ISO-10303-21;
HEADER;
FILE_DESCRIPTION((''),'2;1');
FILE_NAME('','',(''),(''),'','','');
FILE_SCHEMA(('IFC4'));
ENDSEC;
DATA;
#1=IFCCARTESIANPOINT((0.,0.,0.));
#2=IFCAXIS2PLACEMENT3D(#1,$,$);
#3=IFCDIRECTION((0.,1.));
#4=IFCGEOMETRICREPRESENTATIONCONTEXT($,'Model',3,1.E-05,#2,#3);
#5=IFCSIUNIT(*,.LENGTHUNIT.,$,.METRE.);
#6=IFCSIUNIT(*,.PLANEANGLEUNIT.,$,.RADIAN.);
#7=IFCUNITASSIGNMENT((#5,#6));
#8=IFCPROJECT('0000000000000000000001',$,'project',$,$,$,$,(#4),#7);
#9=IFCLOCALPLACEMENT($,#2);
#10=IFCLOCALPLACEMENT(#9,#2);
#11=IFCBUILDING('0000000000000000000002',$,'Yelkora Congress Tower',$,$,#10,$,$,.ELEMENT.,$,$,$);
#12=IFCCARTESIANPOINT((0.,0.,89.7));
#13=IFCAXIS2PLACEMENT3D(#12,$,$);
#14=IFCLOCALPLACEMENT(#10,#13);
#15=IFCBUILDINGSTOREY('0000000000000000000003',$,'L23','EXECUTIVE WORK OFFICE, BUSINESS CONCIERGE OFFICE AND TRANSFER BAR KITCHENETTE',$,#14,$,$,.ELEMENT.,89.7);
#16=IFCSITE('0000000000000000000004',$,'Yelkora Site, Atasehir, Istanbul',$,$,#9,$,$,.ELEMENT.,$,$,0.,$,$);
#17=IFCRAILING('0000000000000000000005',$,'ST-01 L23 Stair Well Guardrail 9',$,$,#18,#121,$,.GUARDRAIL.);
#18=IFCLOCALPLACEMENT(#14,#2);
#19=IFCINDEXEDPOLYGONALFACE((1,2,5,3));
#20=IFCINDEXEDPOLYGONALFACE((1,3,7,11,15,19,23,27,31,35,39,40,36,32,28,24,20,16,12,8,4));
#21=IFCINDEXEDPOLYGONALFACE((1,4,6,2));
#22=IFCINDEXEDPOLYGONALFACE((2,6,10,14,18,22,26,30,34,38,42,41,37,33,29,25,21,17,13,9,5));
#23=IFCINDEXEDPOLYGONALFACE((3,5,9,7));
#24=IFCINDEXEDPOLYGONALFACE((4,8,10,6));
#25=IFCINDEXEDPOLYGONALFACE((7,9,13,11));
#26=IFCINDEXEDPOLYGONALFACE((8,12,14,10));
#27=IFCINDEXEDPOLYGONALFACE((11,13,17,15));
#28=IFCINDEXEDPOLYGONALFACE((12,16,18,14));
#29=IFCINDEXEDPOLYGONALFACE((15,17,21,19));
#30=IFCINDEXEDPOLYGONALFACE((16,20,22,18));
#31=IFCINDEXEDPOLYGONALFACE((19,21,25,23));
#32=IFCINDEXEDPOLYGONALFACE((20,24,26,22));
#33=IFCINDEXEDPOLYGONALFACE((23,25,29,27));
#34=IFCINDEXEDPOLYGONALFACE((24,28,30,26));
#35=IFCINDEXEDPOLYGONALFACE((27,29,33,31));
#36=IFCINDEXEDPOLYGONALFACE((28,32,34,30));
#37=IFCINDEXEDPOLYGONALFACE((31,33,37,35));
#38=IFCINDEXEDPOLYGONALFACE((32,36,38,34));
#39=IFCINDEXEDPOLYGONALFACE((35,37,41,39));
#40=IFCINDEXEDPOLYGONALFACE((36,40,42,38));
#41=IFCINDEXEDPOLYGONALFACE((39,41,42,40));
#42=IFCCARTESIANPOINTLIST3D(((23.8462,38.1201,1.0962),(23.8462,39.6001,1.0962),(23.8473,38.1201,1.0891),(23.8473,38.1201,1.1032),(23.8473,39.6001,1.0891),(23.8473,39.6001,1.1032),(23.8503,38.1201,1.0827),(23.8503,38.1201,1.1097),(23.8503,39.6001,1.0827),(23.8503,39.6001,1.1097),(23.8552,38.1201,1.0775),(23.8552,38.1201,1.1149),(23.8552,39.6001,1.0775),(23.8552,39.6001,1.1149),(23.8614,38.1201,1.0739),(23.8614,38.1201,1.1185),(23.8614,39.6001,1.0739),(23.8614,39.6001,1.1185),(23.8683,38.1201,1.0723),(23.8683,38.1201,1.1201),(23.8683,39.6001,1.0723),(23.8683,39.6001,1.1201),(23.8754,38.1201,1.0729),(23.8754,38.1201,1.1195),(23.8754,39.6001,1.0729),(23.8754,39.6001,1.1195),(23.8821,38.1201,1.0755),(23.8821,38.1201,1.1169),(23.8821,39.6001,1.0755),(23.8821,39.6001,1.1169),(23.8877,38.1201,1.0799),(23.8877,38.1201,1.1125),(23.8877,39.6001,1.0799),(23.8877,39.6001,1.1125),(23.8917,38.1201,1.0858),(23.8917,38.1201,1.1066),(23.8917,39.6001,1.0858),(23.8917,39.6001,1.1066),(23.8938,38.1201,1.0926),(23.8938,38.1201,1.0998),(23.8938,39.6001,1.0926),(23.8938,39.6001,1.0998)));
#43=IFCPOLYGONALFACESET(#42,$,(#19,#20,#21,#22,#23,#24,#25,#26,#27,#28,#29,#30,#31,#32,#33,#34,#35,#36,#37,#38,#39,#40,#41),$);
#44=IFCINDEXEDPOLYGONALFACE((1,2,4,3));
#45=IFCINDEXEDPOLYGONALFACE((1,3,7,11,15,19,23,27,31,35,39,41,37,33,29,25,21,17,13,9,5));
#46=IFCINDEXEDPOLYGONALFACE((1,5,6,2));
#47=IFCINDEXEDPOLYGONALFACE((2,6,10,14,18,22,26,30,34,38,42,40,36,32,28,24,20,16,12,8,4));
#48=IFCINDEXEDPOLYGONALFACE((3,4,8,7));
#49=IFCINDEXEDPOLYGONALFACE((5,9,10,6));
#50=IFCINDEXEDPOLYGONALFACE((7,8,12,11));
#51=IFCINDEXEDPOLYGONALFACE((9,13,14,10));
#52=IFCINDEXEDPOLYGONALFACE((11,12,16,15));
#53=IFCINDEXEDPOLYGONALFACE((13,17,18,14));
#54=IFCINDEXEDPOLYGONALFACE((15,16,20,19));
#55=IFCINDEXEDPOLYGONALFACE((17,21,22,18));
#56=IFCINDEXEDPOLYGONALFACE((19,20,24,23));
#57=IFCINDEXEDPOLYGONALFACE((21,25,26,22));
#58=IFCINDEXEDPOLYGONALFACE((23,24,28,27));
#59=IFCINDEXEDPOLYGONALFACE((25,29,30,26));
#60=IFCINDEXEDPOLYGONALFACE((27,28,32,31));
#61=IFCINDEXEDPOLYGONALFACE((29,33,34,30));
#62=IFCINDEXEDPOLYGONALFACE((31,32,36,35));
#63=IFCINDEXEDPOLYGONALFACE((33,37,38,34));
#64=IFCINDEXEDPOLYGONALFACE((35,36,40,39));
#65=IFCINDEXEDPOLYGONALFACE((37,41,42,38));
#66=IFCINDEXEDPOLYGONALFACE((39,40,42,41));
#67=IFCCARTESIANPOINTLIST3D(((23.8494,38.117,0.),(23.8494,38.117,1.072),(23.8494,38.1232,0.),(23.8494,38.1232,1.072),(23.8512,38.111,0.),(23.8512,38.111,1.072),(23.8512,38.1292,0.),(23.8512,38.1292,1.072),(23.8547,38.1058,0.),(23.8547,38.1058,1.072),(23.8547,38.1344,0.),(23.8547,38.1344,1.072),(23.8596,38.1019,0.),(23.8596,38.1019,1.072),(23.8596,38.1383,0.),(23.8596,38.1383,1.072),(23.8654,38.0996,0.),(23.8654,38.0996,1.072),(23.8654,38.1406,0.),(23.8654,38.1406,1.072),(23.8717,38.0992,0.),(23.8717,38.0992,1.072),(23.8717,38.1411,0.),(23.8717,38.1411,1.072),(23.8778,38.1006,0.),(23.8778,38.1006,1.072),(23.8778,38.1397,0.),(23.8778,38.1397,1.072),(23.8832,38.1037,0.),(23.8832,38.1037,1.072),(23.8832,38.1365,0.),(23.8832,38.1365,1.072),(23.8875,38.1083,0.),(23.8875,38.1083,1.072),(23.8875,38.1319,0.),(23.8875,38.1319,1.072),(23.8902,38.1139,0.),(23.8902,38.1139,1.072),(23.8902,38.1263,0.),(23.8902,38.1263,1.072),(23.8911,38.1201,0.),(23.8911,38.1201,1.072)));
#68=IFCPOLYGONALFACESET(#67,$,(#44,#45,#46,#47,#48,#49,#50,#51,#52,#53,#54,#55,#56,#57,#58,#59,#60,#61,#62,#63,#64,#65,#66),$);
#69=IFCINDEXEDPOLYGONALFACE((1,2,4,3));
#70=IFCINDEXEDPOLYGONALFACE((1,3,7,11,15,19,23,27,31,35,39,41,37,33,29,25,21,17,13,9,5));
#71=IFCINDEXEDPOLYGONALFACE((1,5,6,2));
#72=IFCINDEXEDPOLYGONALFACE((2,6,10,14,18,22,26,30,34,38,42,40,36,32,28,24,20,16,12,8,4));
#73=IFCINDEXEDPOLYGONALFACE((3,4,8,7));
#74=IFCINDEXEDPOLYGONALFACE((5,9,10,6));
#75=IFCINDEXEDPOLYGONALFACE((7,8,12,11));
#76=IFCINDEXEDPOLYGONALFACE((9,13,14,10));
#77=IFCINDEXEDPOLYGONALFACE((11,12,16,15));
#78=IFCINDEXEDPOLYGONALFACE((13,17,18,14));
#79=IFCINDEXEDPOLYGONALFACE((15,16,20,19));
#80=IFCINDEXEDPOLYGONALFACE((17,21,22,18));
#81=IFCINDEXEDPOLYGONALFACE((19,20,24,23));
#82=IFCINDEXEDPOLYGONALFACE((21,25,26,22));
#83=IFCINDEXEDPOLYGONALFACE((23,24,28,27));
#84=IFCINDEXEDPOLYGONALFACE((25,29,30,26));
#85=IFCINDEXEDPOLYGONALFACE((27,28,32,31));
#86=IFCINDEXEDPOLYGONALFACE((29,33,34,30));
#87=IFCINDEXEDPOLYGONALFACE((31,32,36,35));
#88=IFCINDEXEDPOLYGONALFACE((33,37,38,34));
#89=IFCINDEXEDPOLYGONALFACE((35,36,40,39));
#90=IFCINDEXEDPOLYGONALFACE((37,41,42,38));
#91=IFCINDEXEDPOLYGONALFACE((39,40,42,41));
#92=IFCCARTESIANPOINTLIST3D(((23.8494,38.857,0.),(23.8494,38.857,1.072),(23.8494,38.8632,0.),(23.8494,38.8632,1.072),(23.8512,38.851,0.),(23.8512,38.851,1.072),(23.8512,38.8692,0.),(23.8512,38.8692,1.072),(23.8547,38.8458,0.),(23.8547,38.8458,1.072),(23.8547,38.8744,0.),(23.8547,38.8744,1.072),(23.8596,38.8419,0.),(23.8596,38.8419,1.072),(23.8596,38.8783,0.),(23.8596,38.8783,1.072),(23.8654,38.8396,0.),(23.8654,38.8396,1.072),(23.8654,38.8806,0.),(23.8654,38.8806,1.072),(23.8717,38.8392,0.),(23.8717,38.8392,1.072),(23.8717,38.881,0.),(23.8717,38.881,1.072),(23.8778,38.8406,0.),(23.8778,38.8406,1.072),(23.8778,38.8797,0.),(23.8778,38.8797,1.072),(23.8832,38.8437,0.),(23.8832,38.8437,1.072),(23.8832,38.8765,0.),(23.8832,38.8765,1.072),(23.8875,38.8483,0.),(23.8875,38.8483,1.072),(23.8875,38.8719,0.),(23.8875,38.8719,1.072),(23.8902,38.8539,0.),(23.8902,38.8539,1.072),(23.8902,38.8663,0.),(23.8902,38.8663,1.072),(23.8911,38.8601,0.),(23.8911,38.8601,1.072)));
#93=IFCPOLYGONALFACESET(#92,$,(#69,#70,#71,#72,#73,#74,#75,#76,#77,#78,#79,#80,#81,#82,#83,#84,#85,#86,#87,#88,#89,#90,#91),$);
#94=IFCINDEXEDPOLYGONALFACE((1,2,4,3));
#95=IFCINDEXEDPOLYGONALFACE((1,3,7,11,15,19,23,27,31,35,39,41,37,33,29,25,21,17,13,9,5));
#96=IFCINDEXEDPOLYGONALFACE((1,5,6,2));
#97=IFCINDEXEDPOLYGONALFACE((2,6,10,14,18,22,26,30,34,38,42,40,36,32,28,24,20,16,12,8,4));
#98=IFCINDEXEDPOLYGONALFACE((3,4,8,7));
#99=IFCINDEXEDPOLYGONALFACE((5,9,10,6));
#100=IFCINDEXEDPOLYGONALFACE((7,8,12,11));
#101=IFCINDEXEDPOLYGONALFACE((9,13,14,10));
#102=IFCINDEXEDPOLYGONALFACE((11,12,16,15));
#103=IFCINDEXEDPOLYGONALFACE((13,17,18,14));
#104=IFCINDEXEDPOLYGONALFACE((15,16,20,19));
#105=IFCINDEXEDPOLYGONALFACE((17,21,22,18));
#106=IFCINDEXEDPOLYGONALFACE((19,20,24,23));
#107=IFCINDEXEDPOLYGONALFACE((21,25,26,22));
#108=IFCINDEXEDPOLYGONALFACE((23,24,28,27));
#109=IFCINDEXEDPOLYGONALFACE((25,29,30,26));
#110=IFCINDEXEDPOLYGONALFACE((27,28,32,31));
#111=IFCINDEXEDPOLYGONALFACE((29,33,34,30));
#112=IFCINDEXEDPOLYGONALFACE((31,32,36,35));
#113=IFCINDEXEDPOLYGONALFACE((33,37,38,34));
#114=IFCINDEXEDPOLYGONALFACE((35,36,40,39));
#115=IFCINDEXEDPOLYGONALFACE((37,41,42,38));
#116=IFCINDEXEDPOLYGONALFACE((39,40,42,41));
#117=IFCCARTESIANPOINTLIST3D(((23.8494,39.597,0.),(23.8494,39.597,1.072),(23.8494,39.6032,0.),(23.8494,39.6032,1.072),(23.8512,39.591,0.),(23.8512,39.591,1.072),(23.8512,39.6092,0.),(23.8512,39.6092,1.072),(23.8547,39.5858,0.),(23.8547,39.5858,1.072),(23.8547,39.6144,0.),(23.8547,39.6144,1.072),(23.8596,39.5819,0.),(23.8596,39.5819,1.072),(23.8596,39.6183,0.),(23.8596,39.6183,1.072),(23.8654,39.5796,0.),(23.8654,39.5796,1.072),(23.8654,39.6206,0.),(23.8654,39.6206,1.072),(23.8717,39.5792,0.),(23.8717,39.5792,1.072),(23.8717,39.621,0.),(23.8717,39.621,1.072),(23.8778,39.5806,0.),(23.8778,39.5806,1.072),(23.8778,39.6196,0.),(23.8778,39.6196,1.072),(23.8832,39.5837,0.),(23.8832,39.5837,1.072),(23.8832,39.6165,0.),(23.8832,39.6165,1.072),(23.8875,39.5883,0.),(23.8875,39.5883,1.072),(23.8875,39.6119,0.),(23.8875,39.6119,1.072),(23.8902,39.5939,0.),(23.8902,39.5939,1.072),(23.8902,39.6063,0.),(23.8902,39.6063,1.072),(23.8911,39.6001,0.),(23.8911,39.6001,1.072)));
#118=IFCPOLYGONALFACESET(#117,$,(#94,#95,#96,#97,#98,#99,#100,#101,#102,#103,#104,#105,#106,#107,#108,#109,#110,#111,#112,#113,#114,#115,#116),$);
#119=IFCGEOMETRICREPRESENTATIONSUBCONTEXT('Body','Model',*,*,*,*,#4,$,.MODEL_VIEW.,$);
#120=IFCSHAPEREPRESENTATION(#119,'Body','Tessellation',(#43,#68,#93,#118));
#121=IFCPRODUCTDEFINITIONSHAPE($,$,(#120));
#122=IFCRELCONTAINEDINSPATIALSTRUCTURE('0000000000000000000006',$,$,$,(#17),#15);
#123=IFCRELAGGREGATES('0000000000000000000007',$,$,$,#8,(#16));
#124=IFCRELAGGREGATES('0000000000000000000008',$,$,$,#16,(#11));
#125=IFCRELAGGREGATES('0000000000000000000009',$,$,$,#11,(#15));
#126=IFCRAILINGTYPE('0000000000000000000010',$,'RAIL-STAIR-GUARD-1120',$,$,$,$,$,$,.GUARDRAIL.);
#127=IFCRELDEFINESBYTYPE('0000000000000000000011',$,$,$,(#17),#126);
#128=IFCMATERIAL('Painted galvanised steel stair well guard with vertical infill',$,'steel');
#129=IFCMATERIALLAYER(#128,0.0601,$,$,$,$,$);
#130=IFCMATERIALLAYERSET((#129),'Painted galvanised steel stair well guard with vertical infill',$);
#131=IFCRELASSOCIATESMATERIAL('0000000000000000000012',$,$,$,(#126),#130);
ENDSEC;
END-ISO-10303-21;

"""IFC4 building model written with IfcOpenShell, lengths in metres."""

from ifc_helpers import new_model, si_unit, direction, frame, origin, origin_2d, place, context, subcontext, project, spatial, circle, extrude, material, layer, layer_set, type_object, element, save


model = new_model("IFC4")

# Units and contexts
model_context = context("Model", 3, precision=1e-05, world=origin(), true_north=direction((0.0, 1.0)))
body_context = subcontext(model_context, "Body", "Model", "MODEL_VIEW")
ifc_project = project(units=[si_unit("LENGTHUNIT", "METRE"), si_unit("PLANEANGLEUNIT", "RADIAN")], contexts=[model_context])

# Site, building, storey
site_placement = place(None, origin())
site = spatial("IfcSite", under=ifc_project, at=site_placement, Name="Yelkora Site, Atasehir, Istanbul", CompositionType="ELEMENT", RefElevation=0.0)
building_placement = place(site_placement, origin())
building = spatial("IfcBuilding", under=site, at=building_placement, Name="Yelkora Congress Tower", CompositionType="ELEMENT")
storey_placement = place(building_placement, frame((0.0, 0.0, 89.7)))
storey = spatial("IfcBuildingStorey", under=building, at=storey_placement, Name="L23", Description="EXECUTIVE WORK OFFICE, BUSINESS CONCIERGE OFFICE AND TRANSFER BAR KITCHENETTE", CompositionType="ELEMENT", Elevation=89.7)

# Railing
ifc_material_1 = material(Name="Painted galvanised steel stair well guard with vertical infill", Category="steel")
ifc_layer_1 = layer(ifc_material_1, 0.0601)
ifc_layer_set_1 = layer_set([ifc_layer_1], Name="Painted galvanised steel stair well guard with vertical infill")
railing_type_1 = type_object("IfcRailingType", Name="RAIL-STAIR-GUARD-1120", PredefinedType="GUARDRAIL", material=ifc_layer_set_1)
railing_1_placement = place(storey_placement, frame((23.8701, 38.1201, 0.0)))
element("IfcRailing", 1, at=railing_1_placement, inside=storey, type_object=railing_type_1, Name="ST-01 L23 Stair Well Guardrail 9", PredefinedType="GUARDRAIL", context=body_context, shape_type="SweptSolid", body=[
    extrude(circle(Radius=0.0239, at=origin_2d()), frame((0.0, 0.0, 1.0962), z_axis=(0.0, 1.0, 0.0), x_axis=(-1.0, 0.0, 0.0)), (0.0, 0.0, 1.0), 1.48),
    extrude(circle(Radius=0.021, at=origin_2d()), origin(), (0.0, 0.0, 1.0), 1.072),
    extrude(circle(Radius=0.021, at=origin_2d()), frame((0.0, 0.74, 0.0)), (0.0, 0.0, 1.0), 1.072),
    extrude(circle(Radius=0.021, at=origin_2d()), frame((0.0, 1.48, 0.0)), (0.0, 0.0, 1.0), 1.072),
])

save(model, "model.ifc")
